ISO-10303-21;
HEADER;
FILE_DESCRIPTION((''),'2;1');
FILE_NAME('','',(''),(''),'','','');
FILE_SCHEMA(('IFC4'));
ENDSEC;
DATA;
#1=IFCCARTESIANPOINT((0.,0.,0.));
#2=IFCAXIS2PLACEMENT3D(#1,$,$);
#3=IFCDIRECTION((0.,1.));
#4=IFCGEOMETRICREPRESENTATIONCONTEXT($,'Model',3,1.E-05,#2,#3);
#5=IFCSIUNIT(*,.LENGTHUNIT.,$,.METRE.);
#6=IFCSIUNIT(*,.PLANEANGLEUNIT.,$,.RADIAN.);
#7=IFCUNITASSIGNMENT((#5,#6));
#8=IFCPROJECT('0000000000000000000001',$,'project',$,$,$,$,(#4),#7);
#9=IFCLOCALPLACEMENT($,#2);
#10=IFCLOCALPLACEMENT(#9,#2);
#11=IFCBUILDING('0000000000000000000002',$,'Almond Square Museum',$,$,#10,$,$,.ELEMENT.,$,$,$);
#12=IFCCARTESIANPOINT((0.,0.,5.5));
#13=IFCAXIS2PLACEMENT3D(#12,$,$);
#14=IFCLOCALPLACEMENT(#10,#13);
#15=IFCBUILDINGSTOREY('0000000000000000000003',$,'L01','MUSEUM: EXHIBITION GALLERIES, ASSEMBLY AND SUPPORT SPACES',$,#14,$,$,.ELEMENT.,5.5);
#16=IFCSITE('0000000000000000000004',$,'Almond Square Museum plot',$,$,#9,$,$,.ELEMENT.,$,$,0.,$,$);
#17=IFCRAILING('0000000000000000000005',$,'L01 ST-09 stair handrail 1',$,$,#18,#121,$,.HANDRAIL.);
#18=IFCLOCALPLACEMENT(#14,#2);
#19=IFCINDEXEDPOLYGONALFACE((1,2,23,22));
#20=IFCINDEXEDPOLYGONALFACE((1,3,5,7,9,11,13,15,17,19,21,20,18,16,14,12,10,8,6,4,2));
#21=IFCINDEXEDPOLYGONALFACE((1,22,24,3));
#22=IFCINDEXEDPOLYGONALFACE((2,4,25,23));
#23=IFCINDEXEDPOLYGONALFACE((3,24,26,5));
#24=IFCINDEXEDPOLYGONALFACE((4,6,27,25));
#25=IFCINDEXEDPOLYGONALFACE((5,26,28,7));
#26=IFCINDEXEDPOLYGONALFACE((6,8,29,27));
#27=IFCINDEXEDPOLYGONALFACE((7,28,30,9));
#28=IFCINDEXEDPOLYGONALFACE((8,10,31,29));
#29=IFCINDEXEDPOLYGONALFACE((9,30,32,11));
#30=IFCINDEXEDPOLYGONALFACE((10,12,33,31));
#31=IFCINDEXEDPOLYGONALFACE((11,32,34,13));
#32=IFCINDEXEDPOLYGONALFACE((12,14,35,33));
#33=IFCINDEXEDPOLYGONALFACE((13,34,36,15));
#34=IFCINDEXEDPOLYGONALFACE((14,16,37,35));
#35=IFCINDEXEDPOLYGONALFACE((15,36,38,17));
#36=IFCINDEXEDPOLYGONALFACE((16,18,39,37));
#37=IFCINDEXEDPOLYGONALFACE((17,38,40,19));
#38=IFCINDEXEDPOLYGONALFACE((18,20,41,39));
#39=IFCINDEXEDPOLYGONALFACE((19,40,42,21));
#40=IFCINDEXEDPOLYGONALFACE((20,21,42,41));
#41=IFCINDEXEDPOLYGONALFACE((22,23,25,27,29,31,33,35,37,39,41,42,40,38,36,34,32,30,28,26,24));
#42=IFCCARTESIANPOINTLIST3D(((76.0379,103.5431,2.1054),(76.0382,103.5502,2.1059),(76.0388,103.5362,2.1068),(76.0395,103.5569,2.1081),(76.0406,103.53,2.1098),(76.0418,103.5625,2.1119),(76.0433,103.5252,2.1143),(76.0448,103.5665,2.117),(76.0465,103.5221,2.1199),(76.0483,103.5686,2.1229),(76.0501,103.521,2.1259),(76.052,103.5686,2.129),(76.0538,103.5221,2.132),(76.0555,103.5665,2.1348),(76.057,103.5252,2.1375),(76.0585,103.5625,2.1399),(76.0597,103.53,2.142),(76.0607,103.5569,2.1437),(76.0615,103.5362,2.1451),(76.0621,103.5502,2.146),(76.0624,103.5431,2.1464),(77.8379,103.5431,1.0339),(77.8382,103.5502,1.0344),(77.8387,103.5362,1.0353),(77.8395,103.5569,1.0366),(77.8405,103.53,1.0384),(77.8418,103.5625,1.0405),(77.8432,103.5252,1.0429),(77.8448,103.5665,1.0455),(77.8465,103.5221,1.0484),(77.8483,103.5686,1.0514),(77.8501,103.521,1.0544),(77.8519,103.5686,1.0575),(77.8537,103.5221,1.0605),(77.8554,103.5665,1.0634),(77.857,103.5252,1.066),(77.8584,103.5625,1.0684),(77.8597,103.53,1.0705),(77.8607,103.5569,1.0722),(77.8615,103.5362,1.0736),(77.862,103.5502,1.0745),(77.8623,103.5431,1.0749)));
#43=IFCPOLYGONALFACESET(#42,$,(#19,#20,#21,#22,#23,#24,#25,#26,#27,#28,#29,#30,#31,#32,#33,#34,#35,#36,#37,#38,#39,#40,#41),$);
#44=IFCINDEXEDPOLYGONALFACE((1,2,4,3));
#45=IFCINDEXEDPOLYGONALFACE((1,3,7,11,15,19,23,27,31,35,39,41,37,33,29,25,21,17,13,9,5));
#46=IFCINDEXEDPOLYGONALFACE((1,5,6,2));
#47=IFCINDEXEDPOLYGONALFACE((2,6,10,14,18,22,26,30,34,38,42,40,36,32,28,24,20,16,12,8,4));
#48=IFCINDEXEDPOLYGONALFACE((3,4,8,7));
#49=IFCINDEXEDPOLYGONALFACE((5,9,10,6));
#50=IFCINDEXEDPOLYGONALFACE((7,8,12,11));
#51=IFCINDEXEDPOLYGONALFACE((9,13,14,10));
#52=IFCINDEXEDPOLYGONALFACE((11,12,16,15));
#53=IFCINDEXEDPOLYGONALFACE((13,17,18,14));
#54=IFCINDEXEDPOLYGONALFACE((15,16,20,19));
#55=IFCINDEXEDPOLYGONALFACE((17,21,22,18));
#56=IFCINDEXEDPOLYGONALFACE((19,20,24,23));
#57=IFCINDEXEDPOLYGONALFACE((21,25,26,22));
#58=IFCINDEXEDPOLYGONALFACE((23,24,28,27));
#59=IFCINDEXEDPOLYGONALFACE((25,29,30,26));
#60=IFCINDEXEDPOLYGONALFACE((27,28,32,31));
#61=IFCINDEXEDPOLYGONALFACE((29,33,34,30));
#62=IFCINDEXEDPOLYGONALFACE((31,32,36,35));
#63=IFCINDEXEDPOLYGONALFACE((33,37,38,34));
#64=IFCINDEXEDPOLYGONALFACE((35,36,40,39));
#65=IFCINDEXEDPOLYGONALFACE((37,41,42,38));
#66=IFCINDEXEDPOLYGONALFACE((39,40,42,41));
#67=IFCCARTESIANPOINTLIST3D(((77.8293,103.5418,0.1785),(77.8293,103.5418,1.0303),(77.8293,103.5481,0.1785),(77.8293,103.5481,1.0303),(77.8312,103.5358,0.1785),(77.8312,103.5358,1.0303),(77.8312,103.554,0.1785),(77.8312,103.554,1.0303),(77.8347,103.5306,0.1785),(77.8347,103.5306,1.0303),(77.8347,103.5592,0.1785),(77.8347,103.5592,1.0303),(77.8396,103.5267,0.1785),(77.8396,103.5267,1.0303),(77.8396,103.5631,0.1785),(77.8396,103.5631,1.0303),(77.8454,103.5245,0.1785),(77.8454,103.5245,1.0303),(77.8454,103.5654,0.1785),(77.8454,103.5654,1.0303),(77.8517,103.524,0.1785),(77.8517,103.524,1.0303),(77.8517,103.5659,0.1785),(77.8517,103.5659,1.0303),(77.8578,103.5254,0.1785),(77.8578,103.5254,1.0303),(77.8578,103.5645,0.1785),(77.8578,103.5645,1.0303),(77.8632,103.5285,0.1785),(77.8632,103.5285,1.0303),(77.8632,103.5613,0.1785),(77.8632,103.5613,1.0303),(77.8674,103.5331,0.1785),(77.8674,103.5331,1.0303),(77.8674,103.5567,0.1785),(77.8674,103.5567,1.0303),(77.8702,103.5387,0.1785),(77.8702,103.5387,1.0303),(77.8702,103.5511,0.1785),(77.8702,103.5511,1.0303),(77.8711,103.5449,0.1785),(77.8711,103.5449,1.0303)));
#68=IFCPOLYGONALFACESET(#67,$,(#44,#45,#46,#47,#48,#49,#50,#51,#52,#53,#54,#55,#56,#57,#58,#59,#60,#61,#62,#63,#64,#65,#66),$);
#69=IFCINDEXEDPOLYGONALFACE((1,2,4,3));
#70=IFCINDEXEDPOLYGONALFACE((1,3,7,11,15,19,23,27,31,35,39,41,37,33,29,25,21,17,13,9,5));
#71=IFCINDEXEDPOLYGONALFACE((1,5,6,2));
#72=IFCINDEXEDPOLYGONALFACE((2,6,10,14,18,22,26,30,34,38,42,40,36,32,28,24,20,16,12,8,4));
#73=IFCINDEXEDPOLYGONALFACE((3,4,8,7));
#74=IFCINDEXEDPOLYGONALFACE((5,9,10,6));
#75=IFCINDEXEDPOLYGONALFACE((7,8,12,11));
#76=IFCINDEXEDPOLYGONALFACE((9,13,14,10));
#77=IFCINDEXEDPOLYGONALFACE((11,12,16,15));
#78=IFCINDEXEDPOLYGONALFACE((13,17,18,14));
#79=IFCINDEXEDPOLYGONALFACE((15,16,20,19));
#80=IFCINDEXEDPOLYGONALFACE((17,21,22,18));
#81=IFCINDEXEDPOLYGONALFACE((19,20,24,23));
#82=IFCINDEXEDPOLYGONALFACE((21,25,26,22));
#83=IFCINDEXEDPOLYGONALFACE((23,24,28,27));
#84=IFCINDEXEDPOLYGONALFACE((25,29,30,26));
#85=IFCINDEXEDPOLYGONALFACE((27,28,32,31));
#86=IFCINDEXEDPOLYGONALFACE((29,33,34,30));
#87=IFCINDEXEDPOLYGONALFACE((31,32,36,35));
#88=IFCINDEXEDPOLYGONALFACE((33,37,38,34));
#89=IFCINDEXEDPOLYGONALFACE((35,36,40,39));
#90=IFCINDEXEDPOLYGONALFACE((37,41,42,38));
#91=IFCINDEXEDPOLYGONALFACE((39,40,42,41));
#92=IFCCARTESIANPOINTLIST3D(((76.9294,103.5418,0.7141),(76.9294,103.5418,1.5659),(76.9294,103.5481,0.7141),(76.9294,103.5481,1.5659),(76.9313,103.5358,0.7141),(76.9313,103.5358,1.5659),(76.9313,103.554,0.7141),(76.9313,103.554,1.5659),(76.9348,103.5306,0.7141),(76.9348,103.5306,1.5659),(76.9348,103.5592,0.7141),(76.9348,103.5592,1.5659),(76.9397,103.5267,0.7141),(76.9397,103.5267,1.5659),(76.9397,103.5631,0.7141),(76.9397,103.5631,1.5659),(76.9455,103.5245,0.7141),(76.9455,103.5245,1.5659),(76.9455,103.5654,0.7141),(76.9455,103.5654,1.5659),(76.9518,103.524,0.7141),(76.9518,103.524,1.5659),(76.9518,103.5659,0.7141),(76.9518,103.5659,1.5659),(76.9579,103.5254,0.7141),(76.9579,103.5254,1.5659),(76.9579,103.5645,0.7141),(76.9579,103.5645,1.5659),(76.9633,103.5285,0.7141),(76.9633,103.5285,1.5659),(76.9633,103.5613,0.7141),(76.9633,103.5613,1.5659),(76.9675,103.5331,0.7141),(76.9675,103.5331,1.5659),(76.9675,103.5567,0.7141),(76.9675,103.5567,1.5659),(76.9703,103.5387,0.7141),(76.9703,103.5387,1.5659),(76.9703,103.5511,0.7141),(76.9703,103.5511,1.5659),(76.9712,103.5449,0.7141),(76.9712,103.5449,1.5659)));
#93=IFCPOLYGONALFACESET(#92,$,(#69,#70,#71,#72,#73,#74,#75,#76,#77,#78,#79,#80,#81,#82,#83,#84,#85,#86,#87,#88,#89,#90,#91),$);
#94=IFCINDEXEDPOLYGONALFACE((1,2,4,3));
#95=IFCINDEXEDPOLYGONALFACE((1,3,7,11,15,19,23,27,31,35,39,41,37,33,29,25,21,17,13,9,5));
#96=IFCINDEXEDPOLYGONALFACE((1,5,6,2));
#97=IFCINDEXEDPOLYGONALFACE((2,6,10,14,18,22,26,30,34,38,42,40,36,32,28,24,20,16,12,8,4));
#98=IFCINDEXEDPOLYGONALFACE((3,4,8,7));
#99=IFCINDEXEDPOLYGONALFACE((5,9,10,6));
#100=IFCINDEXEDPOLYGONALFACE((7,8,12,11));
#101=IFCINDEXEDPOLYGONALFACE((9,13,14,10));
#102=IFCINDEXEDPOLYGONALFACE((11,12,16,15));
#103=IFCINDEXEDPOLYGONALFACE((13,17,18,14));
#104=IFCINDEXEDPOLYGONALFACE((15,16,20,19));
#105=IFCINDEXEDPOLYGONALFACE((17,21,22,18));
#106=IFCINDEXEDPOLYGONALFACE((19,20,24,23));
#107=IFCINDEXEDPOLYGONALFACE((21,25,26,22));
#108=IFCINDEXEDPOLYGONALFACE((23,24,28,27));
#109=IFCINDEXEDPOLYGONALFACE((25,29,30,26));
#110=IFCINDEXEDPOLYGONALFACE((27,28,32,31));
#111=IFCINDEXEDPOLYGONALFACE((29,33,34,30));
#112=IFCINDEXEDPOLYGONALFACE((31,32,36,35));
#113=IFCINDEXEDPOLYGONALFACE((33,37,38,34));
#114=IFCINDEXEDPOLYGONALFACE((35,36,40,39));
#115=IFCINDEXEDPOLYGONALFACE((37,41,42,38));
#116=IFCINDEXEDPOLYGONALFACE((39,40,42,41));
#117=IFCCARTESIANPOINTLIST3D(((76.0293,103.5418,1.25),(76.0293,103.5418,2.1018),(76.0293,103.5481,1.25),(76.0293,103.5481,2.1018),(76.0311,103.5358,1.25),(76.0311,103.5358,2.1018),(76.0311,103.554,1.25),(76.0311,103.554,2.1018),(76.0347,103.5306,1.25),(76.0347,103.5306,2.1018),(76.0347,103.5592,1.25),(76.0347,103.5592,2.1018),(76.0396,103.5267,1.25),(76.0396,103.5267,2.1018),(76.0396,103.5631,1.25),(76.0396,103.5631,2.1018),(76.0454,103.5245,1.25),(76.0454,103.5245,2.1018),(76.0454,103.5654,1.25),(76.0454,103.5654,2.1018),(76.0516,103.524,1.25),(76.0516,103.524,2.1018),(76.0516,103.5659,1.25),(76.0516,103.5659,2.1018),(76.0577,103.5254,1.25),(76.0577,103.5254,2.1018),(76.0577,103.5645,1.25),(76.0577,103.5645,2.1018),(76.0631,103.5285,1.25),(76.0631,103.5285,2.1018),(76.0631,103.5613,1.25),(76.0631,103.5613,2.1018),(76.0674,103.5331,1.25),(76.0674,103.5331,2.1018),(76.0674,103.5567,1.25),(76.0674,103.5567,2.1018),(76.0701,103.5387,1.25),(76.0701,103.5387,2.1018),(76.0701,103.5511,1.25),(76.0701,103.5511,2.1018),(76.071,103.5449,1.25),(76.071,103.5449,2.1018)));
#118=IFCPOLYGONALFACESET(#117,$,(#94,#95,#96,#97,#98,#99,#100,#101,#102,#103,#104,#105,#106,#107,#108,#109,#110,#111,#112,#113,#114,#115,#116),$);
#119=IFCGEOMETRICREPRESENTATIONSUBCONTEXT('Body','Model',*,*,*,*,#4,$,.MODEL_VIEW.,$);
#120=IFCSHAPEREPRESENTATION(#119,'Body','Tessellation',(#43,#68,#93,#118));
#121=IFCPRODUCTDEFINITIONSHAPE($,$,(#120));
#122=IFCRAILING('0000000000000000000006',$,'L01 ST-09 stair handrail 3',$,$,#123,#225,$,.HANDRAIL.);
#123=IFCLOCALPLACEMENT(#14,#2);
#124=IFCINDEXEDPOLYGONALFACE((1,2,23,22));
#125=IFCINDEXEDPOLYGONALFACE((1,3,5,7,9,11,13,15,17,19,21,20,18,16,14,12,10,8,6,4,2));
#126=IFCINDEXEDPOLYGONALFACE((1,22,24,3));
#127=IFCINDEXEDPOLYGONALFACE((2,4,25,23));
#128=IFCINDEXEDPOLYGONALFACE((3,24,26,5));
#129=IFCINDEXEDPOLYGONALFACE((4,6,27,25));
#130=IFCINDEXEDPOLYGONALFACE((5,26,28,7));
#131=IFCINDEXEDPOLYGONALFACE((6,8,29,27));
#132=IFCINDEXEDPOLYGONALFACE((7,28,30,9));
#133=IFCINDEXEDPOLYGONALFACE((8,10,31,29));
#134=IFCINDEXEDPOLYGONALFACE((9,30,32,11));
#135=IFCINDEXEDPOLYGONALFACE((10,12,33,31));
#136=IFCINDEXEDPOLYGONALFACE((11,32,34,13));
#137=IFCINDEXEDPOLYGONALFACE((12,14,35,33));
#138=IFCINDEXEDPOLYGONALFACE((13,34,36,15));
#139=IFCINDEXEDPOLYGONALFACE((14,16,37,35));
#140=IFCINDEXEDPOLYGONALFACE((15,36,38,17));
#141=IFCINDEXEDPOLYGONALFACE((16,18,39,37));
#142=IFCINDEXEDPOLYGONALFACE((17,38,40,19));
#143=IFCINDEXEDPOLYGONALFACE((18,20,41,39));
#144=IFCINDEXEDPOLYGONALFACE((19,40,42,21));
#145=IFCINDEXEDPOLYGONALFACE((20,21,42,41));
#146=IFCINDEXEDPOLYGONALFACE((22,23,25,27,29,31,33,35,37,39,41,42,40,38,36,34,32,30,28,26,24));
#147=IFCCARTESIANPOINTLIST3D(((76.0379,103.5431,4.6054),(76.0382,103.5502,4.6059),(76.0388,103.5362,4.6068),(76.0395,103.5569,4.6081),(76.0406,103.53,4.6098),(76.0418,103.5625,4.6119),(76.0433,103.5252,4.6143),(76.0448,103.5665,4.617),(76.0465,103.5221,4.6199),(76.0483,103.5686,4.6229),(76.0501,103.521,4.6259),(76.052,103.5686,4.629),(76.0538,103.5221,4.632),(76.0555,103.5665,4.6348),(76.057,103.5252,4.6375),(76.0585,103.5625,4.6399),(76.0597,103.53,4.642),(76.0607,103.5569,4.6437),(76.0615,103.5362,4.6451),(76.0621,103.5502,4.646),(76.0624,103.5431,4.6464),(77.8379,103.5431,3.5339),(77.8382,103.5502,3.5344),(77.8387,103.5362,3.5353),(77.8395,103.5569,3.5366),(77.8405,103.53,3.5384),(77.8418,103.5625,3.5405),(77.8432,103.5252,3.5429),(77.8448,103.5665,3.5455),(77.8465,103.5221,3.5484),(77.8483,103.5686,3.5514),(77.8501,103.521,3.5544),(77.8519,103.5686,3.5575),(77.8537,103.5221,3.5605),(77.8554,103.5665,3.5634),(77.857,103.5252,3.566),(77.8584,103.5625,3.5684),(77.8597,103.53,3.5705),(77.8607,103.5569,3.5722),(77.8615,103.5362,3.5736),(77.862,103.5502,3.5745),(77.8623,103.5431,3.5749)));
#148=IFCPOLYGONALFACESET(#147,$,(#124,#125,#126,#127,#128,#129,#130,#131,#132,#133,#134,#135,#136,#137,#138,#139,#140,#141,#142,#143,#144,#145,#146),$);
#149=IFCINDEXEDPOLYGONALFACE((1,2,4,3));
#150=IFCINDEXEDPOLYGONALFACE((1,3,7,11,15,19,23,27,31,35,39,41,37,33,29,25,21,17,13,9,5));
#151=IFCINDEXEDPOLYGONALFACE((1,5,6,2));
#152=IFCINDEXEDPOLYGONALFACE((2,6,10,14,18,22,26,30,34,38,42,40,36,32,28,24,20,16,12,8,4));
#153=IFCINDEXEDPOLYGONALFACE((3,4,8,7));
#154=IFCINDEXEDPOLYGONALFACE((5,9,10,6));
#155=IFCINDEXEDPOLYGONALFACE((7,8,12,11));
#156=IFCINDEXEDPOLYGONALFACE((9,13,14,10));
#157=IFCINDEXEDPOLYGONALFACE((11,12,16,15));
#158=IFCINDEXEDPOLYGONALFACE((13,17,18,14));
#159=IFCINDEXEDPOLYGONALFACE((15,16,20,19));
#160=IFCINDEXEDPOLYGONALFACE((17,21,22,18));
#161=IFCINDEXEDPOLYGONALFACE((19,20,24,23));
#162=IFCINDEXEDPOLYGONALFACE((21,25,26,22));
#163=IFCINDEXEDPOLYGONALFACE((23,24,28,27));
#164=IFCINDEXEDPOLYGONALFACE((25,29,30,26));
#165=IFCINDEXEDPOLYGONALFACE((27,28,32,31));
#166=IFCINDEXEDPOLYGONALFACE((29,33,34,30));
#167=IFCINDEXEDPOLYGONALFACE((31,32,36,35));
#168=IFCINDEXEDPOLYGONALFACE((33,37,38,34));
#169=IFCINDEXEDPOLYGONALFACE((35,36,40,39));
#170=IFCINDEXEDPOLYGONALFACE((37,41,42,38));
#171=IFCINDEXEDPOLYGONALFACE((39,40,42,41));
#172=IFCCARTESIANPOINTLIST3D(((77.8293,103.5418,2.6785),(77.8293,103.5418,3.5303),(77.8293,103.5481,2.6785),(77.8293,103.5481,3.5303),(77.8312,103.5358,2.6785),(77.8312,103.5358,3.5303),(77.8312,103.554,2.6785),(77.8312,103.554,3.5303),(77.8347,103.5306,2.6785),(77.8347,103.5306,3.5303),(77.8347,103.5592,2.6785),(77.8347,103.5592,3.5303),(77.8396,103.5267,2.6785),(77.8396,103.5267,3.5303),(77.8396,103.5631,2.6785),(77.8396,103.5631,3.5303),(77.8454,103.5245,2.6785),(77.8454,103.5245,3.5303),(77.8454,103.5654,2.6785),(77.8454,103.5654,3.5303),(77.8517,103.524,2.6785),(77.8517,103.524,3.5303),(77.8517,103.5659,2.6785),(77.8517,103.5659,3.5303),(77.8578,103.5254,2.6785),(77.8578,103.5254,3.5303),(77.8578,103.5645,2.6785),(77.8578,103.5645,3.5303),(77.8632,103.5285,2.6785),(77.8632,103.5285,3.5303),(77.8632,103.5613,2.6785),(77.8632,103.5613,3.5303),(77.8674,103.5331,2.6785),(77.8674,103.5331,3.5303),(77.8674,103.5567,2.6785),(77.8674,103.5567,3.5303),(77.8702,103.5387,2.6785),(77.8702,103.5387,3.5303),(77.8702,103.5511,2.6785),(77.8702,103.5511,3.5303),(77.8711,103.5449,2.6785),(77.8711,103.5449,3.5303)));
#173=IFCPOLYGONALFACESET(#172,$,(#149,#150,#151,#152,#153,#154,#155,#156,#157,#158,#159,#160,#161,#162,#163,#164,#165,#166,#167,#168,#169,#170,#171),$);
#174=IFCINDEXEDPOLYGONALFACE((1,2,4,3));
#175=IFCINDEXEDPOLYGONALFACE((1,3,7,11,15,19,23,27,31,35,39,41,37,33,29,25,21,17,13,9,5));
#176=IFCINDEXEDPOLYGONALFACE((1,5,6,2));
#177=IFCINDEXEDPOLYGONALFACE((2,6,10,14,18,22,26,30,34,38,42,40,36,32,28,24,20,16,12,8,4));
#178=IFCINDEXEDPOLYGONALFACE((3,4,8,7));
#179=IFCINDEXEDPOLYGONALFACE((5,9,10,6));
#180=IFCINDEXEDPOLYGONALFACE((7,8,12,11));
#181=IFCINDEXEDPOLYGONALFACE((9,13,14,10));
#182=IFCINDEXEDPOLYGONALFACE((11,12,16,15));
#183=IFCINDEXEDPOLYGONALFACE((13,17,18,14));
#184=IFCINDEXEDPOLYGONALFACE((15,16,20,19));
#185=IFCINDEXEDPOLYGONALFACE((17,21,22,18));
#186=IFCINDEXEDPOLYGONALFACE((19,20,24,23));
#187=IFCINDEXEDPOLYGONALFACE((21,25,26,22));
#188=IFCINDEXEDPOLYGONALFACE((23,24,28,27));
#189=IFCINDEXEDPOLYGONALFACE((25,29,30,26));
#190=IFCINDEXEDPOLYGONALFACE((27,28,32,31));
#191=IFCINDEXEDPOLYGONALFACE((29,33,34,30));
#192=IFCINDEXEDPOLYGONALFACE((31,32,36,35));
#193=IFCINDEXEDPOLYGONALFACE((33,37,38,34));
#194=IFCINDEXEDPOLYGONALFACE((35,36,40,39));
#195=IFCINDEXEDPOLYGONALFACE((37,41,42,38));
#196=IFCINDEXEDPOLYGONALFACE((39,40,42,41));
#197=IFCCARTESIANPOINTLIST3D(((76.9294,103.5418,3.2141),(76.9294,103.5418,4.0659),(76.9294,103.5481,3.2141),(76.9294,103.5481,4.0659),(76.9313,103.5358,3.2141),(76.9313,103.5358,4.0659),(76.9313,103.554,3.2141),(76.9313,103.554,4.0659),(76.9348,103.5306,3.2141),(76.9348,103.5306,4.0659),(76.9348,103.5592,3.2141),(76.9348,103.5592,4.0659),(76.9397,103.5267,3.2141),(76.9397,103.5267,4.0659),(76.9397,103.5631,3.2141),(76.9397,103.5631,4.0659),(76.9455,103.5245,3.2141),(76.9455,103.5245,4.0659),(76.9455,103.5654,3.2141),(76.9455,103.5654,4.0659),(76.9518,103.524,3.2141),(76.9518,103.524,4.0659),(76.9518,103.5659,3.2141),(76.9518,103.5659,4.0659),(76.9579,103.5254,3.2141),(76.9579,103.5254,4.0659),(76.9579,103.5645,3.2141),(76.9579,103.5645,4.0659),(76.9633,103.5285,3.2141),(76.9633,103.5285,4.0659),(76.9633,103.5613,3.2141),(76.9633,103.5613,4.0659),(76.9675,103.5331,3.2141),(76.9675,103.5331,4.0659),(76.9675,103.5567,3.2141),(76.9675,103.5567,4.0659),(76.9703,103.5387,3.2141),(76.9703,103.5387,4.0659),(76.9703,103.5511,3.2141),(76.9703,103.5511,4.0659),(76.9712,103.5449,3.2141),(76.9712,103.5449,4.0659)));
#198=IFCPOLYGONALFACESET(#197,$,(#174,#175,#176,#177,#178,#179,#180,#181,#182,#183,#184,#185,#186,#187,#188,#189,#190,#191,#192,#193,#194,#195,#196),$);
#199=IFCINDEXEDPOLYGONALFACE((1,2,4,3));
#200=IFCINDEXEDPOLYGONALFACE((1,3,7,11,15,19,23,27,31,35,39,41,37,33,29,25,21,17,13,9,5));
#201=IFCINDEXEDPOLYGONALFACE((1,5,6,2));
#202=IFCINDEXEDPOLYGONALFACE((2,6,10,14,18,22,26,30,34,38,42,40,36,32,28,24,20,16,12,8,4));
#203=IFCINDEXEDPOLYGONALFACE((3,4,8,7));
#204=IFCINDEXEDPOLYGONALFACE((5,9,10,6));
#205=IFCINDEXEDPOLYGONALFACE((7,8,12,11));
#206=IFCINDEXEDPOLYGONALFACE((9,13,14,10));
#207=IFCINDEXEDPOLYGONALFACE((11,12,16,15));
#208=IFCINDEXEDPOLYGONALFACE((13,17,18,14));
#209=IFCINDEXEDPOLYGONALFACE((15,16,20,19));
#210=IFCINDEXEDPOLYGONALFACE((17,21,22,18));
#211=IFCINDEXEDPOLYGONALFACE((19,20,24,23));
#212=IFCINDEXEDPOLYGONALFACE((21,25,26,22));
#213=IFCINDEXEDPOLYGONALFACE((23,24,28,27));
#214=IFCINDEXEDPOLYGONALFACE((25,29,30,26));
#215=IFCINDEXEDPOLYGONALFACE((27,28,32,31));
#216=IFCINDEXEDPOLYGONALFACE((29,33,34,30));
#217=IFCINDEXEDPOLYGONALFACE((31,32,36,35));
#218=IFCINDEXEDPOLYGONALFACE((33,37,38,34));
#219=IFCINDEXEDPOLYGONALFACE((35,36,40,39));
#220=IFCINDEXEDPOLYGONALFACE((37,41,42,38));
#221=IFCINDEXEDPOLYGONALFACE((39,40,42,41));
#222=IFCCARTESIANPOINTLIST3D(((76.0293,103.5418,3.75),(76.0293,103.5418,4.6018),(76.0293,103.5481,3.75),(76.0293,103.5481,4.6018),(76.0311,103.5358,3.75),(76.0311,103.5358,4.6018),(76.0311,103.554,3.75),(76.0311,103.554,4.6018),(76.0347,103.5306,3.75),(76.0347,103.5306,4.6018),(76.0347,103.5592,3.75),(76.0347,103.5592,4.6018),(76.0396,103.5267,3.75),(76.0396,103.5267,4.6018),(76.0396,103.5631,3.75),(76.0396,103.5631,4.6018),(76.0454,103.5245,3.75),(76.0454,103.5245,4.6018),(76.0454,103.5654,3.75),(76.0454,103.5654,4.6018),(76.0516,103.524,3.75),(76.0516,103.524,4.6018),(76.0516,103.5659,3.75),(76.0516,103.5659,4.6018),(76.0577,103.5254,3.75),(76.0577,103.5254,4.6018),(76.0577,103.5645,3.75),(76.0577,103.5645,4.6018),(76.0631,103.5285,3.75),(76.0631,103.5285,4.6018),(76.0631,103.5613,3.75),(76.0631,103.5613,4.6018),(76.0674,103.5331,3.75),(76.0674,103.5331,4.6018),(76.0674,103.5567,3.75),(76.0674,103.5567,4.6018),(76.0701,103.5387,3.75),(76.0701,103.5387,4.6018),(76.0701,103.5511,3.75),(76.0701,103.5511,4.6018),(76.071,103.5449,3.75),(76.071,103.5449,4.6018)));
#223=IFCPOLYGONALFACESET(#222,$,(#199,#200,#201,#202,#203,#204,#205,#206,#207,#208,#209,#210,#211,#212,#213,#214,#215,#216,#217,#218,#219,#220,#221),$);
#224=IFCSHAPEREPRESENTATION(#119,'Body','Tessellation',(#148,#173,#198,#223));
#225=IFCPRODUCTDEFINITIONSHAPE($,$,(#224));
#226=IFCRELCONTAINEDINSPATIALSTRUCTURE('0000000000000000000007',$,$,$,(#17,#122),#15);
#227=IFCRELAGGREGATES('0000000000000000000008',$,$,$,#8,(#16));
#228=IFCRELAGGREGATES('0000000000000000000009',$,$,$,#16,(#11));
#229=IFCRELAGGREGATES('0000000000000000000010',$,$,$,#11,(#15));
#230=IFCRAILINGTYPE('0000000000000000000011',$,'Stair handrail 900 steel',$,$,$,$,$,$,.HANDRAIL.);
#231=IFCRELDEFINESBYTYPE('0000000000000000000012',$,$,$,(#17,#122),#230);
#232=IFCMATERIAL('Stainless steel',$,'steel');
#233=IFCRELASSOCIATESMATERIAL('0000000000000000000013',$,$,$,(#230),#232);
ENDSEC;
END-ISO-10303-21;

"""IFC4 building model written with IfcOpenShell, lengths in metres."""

from ifc_helpers import new_model, si_unit, direction, frame, origin, origin_2d, place, context, subcontext, project, spatial, circle, extrude, material, type_object, element, save


model = new_model("IFC4")

# Units and contexts
model_context = context("Model", 3, precision=1e-05, world=origin(), true_north=direction((0.0, 1.0)))
body_context = subcontext(model_context, "Body", "Model", "MODEL_VIEW")
ifc_project = project(units=[si_unit("LENGTHUNIT", "METRE"), si_unit("PLANEANGLEUNIT", "RADIAN")], contexts=[model_context])

# Site, building, storey
site_placement = place(None, origin())
site = spatial("IfcSite", under=ifc_project, at=site_placement, Name="Almond Square Museum plot", CompositionType="ELEMENT", RefElevation=0.0)
building_placement = place(site_placement, origin())
building = spatial("IfcBuilding", under=site, at=building_placement, Name="Almond Square Museum", CompositionType="ELEMENT")
storey_placement = place(building_placement, frame((0.0, 0.0, 5.5)))
storey = spatial("IfcBuildingStorey", under=building, at=storey_placement, Name="L01", Description="MUSEUM: EXHIBITION GALLERIES, ASSEMBLY AND SUPPORT SPACES", CompositionType="ELEMENT", Elevation=5.5)

# Railings
ifc_material_1 = material(Name="Stainless steel", Category="steel")
railing_type_1 = type_object("IfcRailingType", Name="Stair handrail 900 steel", PredefinedType="HANDRAIL", material=ifc_material_1)
for number, where, name in (
    (1, (77.8501, 103.5449, 0.1785), "L01 ST-09 stair handrail 1"),
    (2, (77.8501, 103.5449, 2.6785), "L01 ST-09 stair handrail 3"),
):
    element("IfcRailing", number, at=place(storey_placement, frame(where)), inside=storey, type_object=railing_type_1, Name=name, PredefinedType="HANDRAIL", context=body_context, shape_type="SweptSolid", body=[
        extrude(circle(Radius=0.0239, at=origin_2d()), frame((0.0, 0.0, 0.876), z_axis=(-0.859277, 0.0, 0.51151), x_axis=(0.0, -1.0, 0.0)), (0.0, 0.0, 1.0), 2.0947),
        extrude(circle(Radius=0.021, at=origin_2d()), origin(), (0.0, 0.0, 1.0), 0.8518),
        extrude(circle(Radius=0.021, at=origin_2d()), frame((-0.8999, 0.0, 0.5356)), (0.0, 0.0, 1.0), 0.8518),
        extrude(circle(Radius=0.021, at=origin_2d()), frame((-1.8, 0.0, 1.0715)), (0.0, 0.0, 1.0), 0.8518),
    ])

save(model, "model.ifc")
